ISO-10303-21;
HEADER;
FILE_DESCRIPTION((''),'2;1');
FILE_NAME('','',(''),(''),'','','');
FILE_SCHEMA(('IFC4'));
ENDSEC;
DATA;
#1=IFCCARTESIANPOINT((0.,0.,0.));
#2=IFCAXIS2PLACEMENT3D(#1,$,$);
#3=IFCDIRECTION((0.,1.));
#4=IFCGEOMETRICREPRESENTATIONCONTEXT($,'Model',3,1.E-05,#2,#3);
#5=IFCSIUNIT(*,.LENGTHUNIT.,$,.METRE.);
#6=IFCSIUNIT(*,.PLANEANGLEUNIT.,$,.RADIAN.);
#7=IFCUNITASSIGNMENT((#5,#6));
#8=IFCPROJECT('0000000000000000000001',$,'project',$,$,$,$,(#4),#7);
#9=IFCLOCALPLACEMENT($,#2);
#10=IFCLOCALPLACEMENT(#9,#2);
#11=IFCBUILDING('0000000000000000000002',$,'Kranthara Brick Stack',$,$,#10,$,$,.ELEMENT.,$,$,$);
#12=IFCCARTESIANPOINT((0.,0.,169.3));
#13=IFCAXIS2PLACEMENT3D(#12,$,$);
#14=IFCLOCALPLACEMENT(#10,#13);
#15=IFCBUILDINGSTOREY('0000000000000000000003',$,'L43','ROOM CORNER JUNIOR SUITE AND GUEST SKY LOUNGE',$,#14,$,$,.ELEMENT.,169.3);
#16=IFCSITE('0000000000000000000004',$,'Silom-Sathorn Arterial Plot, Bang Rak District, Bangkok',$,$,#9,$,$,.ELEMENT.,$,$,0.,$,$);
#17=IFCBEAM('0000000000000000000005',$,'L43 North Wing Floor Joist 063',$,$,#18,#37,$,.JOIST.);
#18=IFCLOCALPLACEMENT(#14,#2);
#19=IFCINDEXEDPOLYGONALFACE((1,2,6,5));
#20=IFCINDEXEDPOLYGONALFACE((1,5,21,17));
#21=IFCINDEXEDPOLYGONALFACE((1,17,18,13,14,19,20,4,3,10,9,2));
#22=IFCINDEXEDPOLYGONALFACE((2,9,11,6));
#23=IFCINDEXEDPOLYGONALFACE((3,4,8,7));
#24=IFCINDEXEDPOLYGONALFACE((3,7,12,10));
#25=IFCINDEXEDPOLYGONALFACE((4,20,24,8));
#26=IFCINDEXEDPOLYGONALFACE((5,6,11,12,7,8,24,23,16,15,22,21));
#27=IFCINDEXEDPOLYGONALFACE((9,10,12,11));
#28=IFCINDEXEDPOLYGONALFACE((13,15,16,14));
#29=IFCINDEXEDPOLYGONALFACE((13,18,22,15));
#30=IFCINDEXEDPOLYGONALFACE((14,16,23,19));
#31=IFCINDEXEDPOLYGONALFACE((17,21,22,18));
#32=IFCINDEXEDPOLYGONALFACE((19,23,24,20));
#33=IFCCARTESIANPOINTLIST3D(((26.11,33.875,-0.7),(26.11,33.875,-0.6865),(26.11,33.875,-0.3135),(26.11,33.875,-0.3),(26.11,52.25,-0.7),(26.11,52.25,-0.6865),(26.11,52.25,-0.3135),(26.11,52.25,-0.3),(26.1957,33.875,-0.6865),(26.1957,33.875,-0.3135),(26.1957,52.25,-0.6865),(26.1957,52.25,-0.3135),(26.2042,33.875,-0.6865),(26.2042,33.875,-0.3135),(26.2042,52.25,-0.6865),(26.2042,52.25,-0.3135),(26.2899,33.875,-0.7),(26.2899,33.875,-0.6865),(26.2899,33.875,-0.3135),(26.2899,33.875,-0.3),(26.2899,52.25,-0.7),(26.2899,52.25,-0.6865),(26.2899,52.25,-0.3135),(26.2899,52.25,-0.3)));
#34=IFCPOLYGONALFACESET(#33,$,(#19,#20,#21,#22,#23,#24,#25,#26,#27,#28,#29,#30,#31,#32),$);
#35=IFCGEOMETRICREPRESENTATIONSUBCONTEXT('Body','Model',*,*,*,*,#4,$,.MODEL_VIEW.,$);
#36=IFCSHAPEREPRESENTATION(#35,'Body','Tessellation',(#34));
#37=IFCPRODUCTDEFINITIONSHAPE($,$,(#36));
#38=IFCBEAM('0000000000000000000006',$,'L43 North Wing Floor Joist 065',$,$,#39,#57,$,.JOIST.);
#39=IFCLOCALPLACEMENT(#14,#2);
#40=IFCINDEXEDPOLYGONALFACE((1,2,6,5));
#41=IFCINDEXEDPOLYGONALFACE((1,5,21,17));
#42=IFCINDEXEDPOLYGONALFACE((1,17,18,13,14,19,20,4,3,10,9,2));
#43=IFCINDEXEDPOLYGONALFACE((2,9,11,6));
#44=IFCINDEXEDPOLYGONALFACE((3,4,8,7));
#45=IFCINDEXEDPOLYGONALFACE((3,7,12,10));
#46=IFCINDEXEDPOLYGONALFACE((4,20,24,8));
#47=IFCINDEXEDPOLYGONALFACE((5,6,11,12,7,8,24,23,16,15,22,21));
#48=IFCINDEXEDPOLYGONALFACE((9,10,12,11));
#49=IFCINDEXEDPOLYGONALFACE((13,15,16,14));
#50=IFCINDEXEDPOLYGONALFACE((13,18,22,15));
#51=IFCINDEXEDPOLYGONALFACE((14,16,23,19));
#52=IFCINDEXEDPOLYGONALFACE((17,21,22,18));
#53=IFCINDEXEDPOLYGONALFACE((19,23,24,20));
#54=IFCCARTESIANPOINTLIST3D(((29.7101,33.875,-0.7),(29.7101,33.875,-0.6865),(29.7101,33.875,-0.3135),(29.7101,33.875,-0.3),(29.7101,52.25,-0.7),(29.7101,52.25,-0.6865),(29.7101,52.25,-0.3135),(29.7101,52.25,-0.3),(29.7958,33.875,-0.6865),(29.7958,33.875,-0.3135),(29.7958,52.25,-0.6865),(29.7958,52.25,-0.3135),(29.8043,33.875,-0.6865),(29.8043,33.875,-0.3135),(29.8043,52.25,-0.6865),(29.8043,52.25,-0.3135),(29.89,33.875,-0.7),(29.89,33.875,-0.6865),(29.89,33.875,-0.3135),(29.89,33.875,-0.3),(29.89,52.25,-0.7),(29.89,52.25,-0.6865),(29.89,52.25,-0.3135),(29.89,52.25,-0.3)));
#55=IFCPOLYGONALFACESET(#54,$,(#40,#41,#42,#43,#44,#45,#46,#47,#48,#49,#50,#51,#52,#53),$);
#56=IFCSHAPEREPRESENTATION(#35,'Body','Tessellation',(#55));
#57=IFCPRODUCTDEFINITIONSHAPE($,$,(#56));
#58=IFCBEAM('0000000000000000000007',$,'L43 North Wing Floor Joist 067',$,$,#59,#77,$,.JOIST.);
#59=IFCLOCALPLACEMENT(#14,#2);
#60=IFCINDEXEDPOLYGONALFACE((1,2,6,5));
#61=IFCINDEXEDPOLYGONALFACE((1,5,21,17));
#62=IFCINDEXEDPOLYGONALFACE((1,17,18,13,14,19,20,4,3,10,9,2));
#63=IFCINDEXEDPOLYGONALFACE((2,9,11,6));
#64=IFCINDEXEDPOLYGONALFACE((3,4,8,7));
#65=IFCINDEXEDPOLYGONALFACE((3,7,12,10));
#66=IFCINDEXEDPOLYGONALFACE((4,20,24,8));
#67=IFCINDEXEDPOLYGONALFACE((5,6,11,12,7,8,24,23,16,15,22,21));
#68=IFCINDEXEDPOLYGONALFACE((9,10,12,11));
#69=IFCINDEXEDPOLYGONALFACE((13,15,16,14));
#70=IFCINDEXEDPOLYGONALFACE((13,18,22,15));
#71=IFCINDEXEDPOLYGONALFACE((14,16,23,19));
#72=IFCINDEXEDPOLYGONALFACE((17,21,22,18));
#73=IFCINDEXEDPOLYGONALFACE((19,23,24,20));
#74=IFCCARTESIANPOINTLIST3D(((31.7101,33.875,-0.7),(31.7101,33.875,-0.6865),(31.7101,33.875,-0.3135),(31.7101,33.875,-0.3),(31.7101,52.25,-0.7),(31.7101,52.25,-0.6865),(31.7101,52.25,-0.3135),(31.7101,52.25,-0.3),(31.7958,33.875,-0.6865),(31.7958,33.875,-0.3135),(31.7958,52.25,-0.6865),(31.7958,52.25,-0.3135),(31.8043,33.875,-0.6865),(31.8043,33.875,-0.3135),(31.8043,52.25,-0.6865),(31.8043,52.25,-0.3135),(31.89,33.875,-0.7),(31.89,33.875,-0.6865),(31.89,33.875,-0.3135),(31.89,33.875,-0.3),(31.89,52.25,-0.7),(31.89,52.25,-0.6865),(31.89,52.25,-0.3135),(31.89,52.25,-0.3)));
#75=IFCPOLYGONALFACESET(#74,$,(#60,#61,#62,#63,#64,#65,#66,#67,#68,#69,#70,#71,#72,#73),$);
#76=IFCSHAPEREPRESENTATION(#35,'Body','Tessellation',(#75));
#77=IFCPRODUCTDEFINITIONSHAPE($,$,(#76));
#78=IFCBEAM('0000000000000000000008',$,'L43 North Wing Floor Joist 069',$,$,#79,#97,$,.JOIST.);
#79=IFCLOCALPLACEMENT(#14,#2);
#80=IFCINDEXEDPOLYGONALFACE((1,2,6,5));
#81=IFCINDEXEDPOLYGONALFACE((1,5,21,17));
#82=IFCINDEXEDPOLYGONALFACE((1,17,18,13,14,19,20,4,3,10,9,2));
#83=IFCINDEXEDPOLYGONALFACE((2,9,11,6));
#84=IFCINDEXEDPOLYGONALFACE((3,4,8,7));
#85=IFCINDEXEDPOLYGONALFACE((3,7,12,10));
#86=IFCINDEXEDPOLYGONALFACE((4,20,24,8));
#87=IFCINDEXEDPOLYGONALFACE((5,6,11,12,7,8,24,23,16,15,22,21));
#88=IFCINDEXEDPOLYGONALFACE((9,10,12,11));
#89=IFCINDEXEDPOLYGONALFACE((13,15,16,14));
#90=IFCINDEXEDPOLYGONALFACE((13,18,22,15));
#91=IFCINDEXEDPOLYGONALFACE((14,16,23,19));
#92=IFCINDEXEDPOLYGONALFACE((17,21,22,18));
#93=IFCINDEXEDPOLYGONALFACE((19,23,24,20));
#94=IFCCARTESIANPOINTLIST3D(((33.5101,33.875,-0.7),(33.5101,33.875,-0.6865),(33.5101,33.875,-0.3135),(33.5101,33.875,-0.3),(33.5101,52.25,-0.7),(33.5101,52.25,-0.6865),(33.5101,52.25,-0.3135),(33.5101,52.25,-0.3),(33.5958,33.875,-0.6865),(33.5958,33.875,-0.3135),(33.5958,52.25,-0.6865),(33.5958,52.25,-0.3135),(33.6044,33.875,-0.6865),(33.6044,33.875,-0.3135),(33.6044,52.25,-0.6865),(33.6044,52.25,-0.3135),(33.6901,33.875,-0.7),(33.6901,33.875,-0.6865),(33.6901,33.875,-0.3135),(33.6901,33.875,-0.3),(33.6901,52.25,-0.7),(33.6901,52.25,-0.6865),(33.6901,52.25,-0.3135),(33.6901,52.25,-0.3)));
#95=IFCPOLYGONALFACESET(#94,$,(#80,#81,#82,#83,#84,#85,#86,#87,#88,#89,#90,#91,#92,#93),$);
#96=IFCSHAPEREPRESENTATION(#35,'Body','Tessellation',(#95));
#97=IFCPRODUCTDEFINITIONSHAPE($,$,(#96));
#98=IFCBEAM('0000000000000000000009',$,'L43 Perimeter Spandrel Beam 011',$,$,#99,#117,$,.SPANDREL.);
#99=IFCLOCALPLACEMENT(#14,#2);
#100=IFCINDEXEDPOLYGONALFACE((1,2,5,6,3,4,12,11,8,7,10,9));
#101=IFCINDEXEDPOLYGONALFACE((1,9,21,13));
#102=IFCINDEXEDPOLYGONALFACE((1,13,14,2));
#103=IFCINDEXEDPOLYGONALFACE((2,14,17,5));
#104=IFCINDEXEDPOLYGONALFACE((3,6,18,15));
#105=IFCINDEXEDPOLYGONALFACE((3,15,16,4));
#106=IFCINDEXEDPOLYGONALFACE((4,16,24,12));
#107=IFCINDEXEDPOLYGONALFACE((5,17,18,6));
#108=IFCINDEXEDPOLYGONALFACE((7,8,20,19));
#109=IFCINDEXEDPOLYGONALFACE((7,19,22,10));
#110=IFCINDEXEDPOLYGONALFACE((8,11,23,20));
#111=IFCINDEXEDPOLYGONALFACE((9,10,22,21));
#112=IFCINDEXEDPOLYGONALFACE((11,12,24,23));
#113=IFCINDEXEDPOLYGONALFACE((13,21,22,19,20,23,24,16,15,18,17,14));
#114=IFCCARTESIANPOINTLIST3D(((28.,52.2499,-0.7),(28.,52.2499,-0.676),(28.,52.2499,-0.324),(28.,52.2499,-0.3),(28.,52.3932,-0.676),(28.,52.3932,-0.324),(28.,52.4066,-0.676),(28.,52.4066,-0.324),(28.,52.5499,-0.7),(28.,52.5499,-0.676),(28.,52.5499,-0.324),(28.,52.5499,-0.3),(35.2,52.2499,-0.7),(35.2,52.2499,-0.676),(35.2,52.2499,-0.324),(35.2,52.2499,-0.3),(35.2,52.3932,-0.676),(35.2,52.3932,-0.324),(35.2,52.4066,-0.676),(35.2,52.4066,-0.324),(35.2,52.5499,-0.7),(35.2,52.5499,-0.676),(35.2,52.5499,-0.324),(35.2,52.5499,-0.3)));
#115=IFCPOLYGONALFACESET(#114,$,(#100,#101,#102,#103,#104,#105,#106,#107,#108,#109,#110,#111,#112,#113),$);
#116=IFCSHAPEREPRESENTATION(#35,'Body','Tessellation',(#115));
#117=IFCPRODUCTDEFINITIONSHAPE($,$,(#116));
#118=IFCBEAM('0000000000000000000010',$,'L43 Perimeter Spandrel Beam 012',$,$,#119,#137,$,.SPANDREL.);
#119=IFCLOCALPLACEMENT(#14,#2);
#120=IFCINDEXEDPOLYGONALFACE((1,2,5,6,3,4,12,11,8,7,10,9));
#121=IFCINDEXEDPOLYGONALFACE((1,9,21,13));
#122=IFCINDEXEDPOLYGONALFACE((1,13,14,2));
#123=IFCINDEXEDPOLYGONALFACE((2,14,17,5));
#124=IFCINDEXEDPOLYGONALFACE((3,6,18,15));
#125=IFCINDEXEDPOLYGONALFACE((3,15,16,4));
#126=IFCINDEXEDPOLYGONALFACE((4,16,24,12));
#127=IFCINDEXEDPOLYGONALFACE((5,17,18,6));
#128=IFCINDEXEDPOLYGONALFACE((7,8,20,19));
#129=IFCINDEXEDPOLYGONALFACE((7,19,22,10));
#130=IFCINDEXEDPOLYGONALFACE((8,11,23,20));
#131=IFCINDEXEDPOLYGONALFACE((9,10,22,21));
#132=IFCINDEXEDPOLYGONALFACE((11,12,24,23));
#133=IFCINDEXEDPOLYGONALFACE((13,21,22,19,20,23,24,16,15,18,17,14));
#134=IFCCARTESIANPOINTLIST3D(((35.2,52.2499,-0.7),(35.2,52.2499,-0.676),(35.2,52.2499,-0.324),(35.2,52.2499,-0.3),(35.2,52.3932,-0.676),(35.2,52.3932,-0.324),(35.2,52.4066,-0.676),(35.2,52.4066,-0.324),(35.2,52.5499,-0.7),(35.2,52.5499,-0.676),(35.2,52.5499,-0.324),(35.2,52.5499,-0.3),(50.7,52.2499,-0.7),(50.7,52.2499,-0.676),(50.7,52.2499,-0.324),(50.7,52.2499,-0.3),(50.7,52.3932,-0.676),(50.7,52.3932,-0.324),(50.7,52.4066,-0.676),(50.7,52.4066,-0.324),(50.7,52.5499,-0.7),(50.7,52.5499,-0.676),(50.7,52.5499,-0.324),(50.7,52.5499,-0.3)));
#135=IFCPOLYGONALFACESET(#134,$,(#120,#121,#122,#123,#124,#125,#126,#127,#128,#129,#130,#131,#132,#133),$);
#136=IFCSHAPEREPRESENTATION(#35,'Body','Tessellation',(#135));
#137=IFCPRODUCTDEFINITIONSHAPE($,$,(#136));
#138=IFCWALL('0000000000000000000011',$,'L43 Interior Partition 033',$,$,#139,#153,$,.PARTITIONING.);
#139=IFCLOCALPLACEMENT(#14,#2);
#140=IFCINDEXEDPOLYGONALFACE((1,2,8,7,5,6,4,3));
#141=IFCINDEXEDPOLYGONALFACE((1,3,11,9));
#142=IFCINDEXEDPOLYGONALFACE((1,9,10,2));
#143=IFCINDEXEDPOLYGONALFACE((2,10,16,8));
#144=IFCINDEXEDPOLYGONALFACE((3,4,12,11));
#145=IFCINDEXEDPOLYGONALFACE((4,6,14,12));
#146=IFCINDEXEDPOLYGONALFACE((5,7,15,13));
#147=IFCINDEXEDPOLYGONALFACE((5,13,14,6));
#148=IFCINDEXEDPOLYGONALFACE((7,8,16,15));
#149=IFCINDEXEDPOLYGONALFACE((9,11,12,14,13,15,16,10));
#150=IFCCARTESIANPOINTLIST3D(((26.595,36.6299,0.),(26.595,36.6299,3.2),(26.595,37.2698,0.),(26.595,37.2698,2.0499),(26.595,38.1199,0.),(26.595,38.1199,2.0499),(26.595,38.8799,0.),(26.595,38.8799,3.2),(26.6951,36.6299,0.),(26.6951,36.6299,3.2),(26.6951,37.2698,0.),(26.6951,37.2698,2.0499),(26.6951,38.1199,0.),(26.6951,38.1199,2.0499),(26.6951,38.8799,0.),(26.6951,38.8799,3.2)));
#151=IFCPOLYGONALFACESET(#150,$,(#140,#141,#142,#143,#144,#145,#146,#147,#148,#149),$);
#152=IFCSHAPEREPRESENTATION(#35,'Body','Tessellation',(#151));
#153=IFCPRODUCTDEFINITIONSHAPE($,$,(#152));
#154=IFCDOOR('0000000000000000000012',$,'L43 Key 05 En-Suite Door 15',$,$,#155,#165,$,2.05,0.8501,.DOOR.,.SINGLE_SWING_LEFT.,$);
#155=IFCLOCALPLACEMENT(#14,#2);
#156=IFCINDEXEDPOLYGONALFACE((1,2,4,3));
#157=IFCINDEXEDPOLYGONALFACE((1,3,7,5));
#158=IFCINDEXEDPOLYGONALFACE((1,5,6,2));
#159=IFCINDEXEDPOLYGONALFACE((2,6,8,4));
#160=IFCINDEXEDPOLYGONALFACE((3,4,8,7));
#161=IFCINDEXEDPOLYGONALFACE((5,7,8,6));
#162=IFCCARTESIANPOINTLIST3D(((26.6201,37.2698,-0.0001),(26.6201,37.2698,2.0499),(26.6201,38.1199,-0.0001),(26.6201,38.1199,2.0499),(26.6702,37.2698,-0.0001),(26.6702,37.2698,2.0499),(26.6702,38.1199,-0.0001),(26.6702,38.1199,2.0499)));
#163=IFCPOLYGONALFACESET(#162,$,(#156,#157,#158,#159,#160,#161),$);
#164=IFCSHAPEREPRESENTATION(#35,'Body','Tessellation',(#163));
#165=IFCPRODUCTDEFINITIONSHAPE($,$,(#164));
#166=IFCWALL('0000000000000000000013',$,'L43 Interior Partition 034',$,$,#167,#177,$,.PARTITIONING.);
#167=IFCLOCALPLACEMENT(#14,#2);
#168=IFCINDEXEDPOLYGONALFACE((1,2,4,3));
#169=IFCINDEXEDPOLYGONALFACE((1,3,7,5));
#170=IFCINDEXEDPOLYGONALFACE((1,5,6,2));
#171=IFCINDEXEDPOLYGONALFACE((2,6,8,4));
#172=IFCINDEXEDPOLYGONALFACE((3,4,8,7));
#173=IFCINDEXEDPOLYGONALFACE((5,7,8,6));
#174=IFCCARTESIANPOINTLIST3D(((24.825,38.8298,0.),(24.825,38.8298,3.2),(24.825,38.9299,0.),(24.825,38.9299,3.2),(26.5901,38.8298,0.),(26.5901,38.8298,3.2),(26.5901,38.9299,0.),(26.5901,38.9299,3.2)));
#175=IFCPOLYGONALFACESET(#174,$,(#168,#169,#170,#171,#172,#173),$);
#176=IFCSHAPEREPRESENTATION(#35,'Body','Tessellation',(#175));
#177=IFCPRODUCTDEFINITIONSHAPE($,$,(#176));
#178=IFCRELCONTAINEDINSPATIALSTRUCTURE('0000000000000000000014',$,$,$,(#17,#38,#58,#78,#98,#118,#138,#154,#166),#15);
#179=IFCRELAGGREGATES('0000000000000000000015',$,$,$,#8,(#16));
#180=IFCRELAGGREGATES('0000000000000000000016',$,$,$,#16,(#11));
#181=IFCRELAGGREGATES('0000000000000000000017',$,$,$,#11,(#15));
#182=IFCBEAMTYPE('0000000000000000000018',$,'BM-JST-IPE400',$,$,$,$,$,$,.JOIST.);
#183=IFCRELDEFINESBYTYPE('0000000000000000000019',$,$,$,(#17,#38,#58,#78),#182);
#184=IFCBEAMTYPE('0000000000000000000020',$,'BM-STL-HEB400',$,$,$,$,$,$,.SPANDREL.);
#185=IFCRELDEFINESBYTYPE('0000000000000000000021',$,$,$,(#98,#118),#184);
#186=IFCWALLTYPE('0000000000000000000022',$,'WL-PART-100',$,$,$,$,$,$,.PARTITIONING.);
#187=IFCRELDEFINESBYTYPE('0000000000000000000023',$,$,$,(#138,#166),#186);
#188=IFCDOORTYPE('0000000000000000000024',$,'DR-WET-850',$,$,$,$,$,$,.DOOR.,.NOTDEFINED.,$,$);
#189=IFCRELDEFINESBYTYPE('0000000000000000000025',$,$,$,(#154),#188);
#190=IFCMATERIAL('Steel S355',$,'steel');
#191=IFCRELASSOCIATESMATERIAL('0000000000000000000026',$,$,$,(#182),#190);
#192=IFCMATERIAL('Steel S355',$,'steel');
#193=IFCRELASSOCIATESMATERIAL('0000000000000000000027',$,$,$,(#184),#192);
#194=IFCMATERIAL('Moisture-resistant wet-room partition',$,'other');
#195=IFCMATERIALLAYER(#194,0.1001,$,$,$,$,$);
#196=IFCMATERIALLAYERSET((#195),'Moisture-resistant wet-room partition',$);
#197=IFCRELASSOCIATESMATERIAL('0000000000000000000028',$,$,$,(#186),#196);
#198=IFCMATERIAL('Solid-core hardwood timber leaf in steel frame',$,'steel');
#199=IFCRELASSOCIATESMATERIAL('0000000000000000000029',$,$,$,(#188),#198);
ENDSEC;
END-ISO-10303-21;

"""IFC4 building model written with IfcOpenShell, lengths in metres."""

from ifc_helpers import new_model, si_unit, direction, frame, frame_2d, origin, origin_2d, place, context, subcontext, project, spatial, rectangle, i_section, extrude, material, layer, layer_set, material_profile, profile_set, type_object, element, fill, save


model = new_model("IFC4")

# Units and contexts
model_context = context("Model", 3, precision=1e-05, world=origin(), true_north=direction((0.0, 1.0)))
body_context = subcontext(model_context, "Body", "Model", "MODEL_VIEW")
ifc_project = project(units=[si_unit("LENGTHUNIT", "METRE"), si_unit("PLANEANGLEUNIT", "RADIAN")], contexts=[model_context])

# Site, building, storey
site_placement = place(None, origin())
site = spatial("IfcSite", under=ifc_project, at=site_placement, Name="Silom-Sathorn Arterial Plot, Bang Rak District, Bangkok", CompositionType="ELEMENT", RefElevation=0.0)
building_placement = place(site_placement, origin())
building = spatial("IfcBuilding", under=site, at=building_placement, Name="Kranthara Brick Stack", CompositionType="ELEMENT")
storey_placement = place(building_placement, frame((0.0, 0.0, 169.3)))
storey = spatial("IfcBuildingStorey", under=building, at=storey_placement, Name="L43", Description="ROOM CORNER JUNIOR SUITE AND GUEST SKY LOUNGE", CompositionType="ELEMENT", Elevation=169.3)

# Beams
ifc_material_1 = material(Name="Steel S355", Category="steel")
ifc_material_profile_1 = material_profile(ifc_material_1, i_section(OverallWidth=0.1799, OverallDepth=0.3999, WebThickness=0.0085, FlangeThickness=0.0134, at=origin_2d()), Name="IPE 400")
ifc_profile_set_1 = profile_set([ifc_material_profile_1], Name="Steel S355")
beam_type_1 = type_object("IfcBeamType", Name="BM-JST-IPE400", PredefinedType="JOIST", material=ifc_profile_set_1)
for number, where, z_axis, x_axis, name in (
    (1, (26.2, 33.875, -0.5), (0.0, 1.0, 0.0), (-1.0, 0.0, 0.0), "L43 North Wing Floor Joist 063"),
    (2, (29.8, 33.875, -0.5), (0.0, 1.0, 0.0), (-1.0, 0.0, 0.0), "L43 North Wing Floor Joist 065"),
    (3, (31.8, 33.875, -0.5), (0.0, 1.0, 0.0), (-1.0, 0.0, 0.0), "L43 North Wing Floor Joist 067"),
    (4, (33.6001, 33.875, -0.5), (0.0, 1.0, 0.0), (-1.0, 0.0, 0.0), "L43 North Wing Floor Joist 069"),
):
    element("IfcBeam", number, at=place(storey_placement, frame(where, z_axis=z_axis, x_axis=x_axis)), inside=storey, type_object=beam_type_1, Name=name, PredefinedType="JOIST", context=body_context, shape_type="SweptSolid", body=[
        extrude(i_section(OverallWidth=0.1799, OverallDepth=0.3999, WebThickness=0.0085, FlangeThickness=0.0134, at=origin_2d()), origin(), (0.0, 0.0, 1.0), 18.375),
    ])
ifc_material_2 = material(Name="Steel S355", Category="steel")
ifc_material_profile_2 = material_profile(ifc_material_2, i_section(OverallWidth=0.3, OverallDepth=0.3999, WebThickness=0.0134, FlangeThickness=0.0239, at=origin_2d()), Name="HEB 400")
ifc_profile_set_2 = profile_set([ifc_material_profile_2], Name="Steel S355")
beam_type_2 = type_object("IfcBeamType", Name="BM-STL-HEB400", PredefinedType="SPANDREL", material=ifc_profile_set_2)
beam_1_placement = place(storey_placement, frame((28.0, 52.3999, -0.5), z_axis=(1.0, 0.0, 0.0), x_axis=(0.0, 1.0, 0.0)))
element("IfcBeam", 5, at=beam_1_placement, inside=storey, type_object=beam_type_2, Name="L43 Perimeter Spandrel Beam 011", PredefinedType="SPANDREL", context=body_context, shape_type="SweptSolid", body=[
    extrude(i_section(OverallWidth=0.3, OverallDepth=0.3999, WebThickness=0.0134, FlangeThickness=0.0239, at=origin_2d()), origin(), (0.0, 0.0, 1.0), 7.2),
])
beam_2_placement = place(storey_placement, frame((35.2, 52.3999, -0.5), z_axis=(1.0, 0.0, 0.0), x_axis=(0.0, 1.0, 0.0)))
element("IfcBeam", 6, at=beam_2_placement, inside=storey, type_object=beam_type_2, Name="L43 Perimeter Spandrel Beam 012", PredefinedType="SPANDREL", context=body_context, shape_type="SweptSolid", body=[
    extrude(i_section(OverallWidth=0.3, OverallDepth=0.3999, WebThickness=0.0134, FlangeThickness=0.0239, at=origin_2d()), origin(), (0.0, 0.0, 1.0), 15.5),
])

# Wall, opening, door
ifc_material_3 = material(Name="Moisture-resistant wet-room partition", Category="other")
ifc_layer_1 = layer(ifc_material_3, 0.1001)
ifc_layer_set_1 = layer_set([ifc_layer_1], Name="Moisture-resistant wet-room partition")
wall_type_1 = type_object("IfcWallType", Name="WL-PART-100", PredefinedType="PARTITIONING", material=ifc_layer_set_1)
wall_1_placement = place(storey_placement, frame((26.645, 36.6299, 0.0), z_axis=(0.0, 0.0, 1.0), x_axis=(0.0, 1.0, 0.0)))
wall_1 = element("IfcWall", 7, at=wall_1_placement, inside=storey, type_object=wall_type_1, Name="L43 Interior Partition 033", PredefinedType="PARTITIONING", context=body_context, shape_type="SweptSolid", body=[
    extrude(rectangle(XDim=2.25, YDim=0.1001, at=frame_2d((1.125, 0.0))), origin(), (0.0, 0.0, 1.0), 3.2),
])
opening_1_placement = place(wall_1_placement, frame((0.6399, 0.0, 0.0)))
opening_1 = element("IfcOpeningElement", 8, at=opening_1_placement, cuts=wall_1, PredefinedType="OPENING", context=body_context, shape_type="SweptSolid", body=[
    extrude(rectangle(XDim=0.8501, YDim=2.05, at=frame_2d((0.425, 1.0249))), frame((0.0, 0.0601, 0.0), z_axis=(0.0, -1.0, 0.0), x_axis=(1.0, 0.0, 0.0)), (0.0, 0.0, 1.0), 0.1201),
])
ifc_material_4 = material(Name="Solid-core hardwood timber leaf in steel frame", Category="steel")
door_type_1 = type_object("IfcDoorType", Name="DR-WET-850", OperationType="NOTDEFINED", PredefinedType="DOOR", material=ifc_material_4)
door_1_placement = place(opening_1_placement, origin())
door_1 = element("IfcDoor", 9, at=door_1_placement, inside=storey, type_object=door_type_1, Name="L43 Key 05 En-Suite Door 15", OperationType="SINGLE_SWING_LEFT", OverallHeight=2.05, OverallWidth=0.8501, PredefinedType="DOOR", context=body_context, shape_type="SweptSolid", body=[
    extrude(rectangle(XDim=0.8501, YDim=2.05, at=frame_2d((0.425, 1.0249))), frame((0.0, 0.0249, 0.0), z_axis=(0.0, -1.0, 0.0), x_axis=(1.0, 0.0, 0.0)), (0.0, 0.0, 1.0), 0.05),
])
fill(opening_1, door_1)

# Wall
wall_2_placement = place(storey_placement, frame((24.825, 38.8799, 0.0), z_axis=(0.0, 0.0, 1.0), x_axis=(1.0, 0.0, 0.0)))
element("IfcWall", 10, at=wall_2_placement, inside=storey, type_object=wall_type_1, Name="L43 Interior Partition 034", PredefinedType="PARTITIONING", context=body_context, shape_type="SweptSolid", body=[
    extrude(rectangle(XDim=1.7651, YDim=0.1001, at=frame_2d((0.8826, 0.0))), origin(), (0.0, 0.0, 1.0), 3.2),
])

save(model, "model.ifc")
